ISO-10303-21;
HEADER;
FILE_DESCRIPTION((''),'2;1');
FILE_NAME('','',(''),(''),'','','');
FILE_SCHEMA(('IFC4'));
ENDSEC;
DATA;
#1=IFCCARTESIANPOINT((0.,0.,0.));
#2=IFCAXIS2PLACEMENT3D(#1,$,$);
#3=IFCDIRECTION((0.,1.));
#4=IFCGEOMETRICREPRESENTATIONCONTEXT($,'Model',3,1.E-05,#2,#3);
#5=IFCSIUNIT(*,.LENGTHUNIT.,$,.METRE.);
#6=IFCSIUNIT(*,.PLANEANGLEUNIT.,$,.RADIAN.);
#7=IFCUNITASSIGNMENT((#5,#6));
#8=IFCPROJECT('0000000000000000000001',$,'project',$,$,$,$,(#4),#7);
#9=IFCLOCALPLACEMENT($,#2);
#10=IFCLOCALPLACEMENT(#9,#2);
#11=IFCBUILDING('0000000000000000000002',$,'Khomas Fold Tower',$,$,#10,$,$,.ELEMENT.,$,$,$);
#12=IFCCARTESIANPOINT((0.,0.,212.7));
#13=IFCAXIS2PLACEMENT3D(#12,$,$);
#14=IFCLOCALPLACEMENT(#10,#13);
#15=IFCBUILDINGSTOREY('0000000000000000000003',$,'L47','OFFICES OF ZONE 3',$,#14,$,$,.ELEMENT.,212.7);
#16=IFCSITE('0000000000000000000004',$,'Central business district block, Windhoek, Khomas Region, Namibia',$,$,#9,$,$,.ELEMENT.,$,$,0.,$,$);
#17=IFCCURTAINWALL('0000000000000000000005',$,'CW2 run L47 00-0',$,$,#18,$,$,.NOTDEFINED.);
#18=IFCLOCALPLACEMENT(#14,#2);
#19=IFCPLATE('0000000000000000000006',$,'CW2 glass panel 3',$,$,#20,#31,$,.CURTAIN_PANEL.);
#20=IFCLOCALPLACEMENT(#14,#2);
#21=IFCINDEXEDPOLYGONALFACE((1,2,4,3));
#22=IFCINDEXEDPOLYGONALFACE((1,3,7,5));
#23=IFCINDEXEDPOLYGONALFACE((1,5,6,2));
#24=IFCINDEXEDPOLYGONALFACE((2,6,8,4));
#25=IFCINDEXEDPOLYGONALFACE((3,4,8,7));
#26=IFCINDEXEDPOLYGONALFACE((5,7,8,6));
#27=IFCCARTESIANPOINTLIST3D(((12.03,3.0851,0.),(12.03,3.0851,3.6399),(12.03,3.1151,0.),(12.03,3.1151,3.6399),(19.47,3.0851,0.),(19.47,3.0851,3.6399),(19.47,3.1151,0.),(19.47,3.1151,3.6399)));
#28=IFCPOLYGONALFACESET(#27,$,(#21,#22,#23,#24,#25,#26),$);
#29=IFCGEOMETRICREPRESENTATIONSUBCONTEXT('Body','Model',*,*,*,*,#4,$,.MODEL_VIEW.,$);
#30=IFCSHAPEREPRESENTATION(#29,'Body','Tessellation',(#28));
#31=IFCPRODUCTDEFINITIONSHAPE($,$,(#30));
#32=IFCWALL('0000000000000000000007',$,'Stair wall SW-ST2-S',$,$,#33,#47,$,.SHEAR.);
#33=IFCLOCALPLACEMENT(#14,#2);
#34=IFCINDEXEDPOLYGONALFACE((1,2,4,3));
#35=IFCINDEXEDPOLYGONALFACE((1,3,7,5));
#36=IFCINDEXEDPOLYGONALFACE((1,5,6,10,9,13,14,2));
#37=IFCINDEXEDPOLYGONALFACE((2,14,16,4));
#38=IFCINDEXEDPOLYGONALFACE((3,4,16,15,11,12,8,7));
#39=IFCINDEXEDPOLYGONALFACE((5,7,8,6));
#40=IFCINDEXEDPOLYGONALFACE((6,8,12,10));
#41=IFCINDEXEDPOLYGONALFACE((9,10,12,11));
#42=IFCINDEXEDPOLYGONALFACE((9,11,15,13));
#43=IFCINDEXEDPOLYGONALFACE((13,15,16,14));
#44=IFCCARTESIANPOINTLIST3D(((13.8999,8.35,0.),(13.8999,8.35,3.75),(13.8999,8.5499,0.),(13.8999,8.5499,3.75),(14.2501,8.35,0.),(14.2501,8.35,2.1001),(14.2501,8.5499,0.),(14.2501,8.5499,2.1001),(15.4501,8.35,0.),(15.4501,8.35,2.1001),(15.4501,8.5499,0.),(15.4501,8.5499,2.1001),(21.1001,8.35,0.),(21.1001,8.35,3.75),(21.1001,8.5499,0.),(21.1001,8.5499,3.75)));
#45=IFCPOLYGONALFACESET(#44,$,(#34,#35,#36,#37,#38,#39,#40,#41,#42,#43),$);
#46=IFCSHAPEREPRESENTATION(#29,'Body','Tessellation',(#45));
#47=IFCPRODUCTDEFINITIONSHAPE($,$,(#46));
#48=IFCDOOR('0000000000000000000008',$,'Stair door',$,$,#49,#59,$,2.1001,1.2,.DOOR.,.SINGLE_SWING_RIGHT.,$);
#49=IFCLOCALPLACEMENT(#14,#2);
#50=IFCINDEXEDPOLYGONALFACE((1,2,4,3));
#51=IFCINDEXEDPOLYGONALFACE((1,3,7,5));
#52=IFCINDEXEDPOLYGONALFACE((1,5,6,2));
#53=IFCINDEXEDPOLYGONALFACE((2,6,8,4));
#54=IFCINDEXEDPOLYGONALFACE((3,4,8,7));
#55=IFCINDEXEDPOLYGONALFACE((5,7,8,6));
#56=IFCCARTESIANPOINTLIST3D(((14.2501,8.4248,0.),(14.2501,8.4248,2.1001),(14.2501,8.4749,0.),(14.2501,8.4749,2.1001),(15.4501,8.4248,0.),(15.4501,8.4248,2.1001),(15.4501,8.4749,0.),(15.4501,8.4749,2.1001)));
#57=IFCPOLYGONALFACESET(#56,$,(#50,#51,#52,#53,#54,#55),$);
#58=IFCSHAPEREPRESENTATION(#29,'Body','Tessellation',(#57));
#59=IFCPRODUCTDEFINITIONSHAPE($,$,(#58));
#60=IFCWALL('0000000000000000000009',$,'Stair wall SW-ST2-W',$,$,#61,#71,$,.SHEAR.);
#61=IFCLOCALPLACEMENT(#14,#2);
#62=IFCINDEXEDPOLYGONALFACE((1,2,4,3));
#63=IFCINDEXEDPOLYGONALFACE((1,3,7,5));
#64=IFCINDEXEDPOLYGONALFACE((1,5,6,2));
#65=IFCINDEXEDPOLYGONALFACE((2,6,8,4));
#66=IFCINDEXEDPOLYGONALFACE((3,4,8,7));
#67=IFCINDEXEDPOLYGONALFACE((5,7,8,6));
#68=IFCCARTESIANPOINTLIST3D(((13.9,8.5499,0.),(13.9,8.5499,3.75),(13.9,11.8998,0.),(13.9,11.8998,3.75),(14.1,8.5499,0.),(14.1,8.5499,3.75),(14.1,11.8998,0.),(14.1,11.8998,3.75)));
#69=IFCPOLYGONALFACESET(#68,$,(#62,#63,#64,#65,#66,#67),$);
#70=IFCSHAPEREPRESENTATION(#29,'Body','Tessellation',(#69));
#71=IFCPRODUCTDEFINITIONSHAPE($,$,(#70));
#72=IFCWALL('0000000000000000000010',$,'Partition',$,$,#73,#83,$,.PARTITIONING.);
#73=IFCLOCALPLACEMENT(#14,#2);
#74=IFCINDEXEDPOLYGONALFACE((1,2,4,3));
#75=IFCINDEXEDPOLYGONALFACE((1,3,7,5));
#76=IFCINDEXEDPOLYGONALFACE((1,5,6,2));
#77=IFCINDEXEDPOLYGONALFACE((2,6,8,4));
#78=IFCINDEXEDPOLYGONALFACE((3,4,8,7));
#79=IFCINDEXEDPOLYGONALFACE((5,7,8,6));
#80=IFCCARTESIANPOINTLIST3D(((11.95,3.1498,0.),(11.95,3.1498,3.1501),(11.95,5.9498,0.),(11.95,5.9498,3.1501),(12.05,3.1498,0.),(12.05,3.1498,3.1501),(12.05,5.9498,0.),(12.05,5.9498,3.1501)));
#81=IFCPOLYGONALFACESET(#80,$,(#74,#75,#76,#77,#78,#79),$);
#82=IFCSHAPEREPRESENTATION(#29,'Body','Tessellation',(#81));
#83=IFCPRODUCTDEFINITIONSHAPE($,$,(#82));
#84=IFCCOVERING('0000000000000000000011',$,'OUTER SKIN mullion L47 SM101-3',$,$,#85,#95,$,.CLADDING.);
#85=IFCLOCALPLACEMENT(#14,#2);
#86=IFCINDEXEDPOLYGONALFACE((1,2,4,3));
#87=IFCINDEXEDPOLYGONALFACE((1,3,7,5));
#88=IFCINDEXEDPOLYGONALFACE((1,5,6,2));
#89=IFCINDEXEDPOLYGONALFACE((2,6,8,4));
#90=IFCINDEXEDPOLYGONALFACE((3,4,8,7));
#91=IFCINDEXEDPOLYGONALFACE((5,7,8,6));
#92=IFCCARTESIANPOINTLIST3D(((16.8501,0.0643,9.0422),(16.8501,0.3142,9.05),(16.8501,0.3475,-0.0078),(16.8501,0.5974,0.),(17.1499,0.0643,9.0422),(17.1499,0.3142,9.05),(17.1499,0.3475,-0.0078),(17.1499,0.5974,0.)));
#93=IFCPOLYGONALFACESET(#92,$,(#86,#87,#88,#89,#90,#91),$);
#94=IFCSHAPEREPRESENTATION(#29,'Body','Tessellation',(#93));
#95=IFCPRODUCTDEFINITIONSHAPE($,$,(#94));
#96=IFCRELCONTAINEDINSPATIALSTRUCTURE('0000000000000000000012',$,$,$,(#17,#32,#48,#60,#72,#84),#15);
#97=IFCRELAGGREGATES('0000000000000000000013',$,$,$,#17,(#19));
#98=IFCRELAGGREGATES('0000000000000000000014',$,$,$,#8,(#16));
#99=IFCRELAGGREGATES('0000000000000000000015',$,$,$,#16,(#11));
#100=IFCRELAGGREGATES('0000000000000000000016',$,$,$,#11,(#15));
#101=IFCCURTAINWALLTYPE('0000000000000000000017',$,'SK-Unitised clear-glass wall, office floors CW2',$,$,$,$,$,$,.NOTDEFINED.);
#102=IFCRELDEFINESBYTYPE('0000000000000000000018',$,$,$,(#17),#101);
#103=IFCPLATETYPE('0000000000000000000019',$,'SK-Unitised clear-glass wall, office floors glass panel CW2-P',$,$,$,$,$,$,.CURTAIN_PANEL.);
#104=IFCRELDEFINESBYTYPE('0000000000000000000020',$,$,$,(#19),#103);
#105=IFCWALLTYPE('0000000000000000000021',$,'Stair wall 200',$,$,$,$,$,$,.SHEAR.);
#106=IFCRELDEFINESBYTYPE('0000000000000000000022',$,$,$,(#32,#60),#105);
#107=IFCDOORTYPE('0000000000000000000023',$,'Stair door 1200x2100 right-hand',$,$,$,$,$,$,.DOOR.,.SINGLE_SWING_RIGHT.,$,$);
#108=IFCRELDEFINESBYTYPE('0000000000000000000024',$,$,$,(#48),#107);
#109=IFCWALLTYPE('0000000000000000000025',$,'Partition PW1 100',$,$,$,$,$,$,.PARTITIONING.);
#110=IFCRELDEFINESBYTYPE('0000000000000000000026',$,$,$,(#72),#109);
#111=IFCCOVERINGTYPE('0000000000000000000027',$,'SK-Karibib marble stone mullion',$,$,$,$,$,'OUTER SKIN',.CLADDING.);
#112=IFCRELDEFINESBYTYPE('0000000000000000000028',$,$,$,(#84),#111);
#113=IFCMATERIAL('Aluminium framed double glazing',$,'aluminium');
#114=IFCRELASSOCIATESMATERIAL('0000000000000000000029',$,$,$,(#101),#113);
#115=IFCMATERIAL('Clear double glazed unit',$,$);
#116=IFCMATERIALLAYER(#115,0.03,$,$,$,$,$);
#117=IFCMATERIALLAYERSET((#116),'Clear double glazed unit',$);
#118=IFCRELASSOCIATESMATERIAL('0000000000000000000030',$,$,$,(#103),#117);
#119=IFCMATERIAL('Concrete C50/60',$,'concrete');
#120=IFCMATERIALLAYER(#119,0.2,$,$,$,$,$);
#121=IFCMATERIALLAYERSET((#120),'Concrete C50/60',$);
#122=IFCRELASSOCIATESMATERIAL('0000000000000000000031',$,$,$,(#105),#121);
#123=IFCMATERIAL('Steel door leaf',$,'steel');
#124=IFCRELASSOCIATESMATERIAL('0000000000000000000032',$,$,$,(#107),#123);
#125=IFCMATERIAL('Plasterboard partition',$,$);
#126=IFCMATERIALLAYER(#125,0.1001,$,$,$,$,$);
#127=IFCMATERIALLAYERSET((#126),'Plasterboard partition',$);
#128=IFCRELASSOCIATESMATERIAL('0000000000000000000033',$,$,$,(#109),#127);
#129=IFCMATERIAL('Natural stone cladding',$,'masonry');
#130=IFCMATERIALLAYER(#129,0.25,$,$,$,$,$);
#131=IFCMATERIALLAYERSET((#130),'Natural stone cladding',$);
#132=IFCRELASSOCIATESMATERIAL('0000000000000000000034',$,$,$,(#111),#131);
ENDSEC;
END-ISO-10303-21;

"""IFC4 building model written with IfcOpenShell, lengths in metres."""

from ifc_helpers import new_model, si_unit, direction, frame, frame_2d, origin, origin_2d, place, context, subcontext, project, spatial, polyline, rectangle, outline, extrude, source, transform, mapped, material, layer, layer_set, type_object, element, fill, aggregate, save


model = new_model("IFC4")

# Units and contexts
model_context = context("Model", 3, precision=1e-05, world=origin(), true_north=direction((0.0, 1.0)))
body_context = subcontext(model_context, "Body", "Model", "MODEL_VIEW")
ifc_project = project(units=[si_unit("LENGTHUNIT", "METRE"), si_unit("PLANEANGLEUNIT", "RADIAN")], contexts=[model_context])

# Site, building, storey
site_placement = place(None, origin())
site = spatial("IfcSite", under=ifc_project, at=site_placement, Name="Central business district block, Windhoek, Khomas Region, Namibia", CompositionType="ELEMENT", RefElevation=0.0)
building_placement = place(site_placement, origin())
building = spatial("IfcBuilding", under=site, at=building_placement, Name="Khomas Fold Tower", CompositionType="ELEMENT")
storey_placement = place(building_placement, frame((0.0, 0.0, 212.7)))
storey = spatial("IfcBuildingStorey", under=building, at=storey_placement, Name="L47", Description="OFFICES OF ZONE 3", CompositionType="ELEMENT", Elevation=212.7)

# Curtain wall
ifc_material_1 = material(Name="Aluminium framed double glazing", Category="aluminium")
curtain_wall_type = type_object("IfcCurtainWallType", Name="SK-Unitised clear-glass wall, office floors CW2", PredefinedType="NOTDEFINED", material=ifc_material_1)
curtain_wall_placement = place(storey_placement, origin())
curtain_wall = element("IfcCurtainWall", 1, at=curtain_wall_placement, inside=storey, type_object=curtain_wall_type, Name="CW2 run L47 00-0", PredefinedType="NOTDEFINED")

# Plate
ifc_material_2 = material(Name="Clear double glazed unit")
ifc_layer_1 = layer(ifc_material_2, 0.03)
ifc_layer_set_1 = layer_set([ifc_layer_1], Name="Clear double glazed unit")
plate_type_1 = type_object("IfcPlateType", Name="SK-Unitised clear-glass wall, office floors glass panel CW2-P", PredefinedType="CURTAIN_PANEL", material=ifc_layer_set_1)
shared_shape_1 = source(origin(), body_context, "Body", "SweptSolid", [
    extrude(rectangle(XDim=7.4399, YDim=0.03, at=origin_2d()), origin(), (0.0, 0.0, 1.0), 3.6399),
])
plate_1_placement = place(storey_placement, frame((15.75, 3.1001, 0.0), z_axis=(0.0, 0.0, 1.0), x_axis=(1.0, 0.0, 0.0)))
plate_1 = element("IfcPlate", 2, at=plate_1_placement, type_object=plate_type_1, Name="CW2 glass panel 3", PredefinedType="CURTAIN_PANEL", context=body_context, shape_type="MappedRepresentation", body=[
    mapped(shared_shape_1, transform((0.0, 0.0, 0.0))),
])
aggregate(curtain_wall, [plate_1])

# Wall, opening, door
ifc_material_3 = material(Name="Concrete C50/60", Category="concrete")
ifc_layer_2 = layer(ifc_material_3, 0.2)
ifc_layer_set_2 = layer_set([ifc_layer_2], Name="Concrete C50/60")
wall_type_1 = type_object("IfcWallType", Name="Stair wall 200", PredefinedType="SHEAR", material=ifc_layer_set_2)
shared_shape_2 = source(origin(), body_context, "Body", "SweptSolid", [
    extrude(rectangle(XDim=7.2002, YDim=0.2, at=frame_2d((3.6001, 0.0))), origin(), (0.0, 0.0, 1.0), 3.75),
])
wall_1_placement = place(storey_placement, frame((13.8999, 8.45, 0.0), z_axis=(0.0, 0.0, 1.0), x_axis=(1.0, 0.0, 0.0)))
wall_1 = element("IfcWall", 3, at=wall_1_placement, inside=storey, type_object=wall_type_1, Name="Stair wall SW-ST2-S", PredefinedType="SHEAR", context=body_context, shape_type="MappedRepresentation", body=[
    mapped(shared_shape_2, transform((0.0, 0.0, 0.0))),
])
shared_shape_3 = source(origin(), body_context, "Body", "SweptSolid", [
    extrude(rectangle(XDim=1.2, YDim=2.1001, at=frame_2d((0.6001, 1.05))), frame((0.0, 0.1099, 0.0), z_axis=(0.0, -1.0, 0.0), x_axis=(1.0, 0.0, 0.0)), (0.0, 0.0, 1.0), 0.22),
])
opening_placement = place(wall_1_placement, frame((0.3501, 0.0, 0.0)))
opening = element("IfcOpeningElement", 4, at=opening_placement, cuts=wall_1, PredefinedType="OPENING", context=body_context, shape_type="MappedRepresentation", body=[
    mapped(shared_shape_3, transform((0.0, 0.0, 0.0))),
])
ifc_material_4 = material(Name="Steel door leaf", Category="steel")
door_type = type_object("IfcDoorType", Name="Stair door 1200x2100 right-hand", OperationType="SINGLE_SWING_RIGHT", PredefinedType="DOOR", material=ifc_material_4)
shared_shape_4 = source(origin(), body_context, "Body", "SweptSolid", [
    extrude(rectangle(XDim=1.2, YDim=2.1001, at=frame_2d((0.6001, 1.05))), frame((0.0, 0.0249, 0.0), z_axis=(0.0, -1.0, 0.0), x_axis=(1.0, 0.0, 0.0)), (0.0, 0.0, 1.0), 0.05),
])
door_placement = place(opening_placement, origin())
door = element("IfcDoor", 5, at=door_placement, inside=storey, type_object=door_type, Name="Stair door", OperationType="SINGLE_SWING_RIGHT", OverallHeight=2.1001, OverallWidth=1.2, PredefinedType="DOOR", context=body_context, shape_type="MappedRepresentation", body=[
    mapped(shared_shape_4, transform((0.0, 0.0, 0.0))),
])
fill(opening, door)

# Walls
shared_shape_5 = source(origin(), body_context, "Body", "SweptSolid", [
    extrude(rectangle(XDim=3.3499, YDim=0.2, at=frame_2d((1.6748, 0.0))), origin(), (0.0, 0.0, 1.0), 3.75),
])
wall_2_placement = place(storey_placement, frame((14.0, 8.55, 0.0), z_axis=(0.0, 0.0, 1.0), x_axis=(0.0, 1.0, 0.0)))
element("IfcWall", 6, at=wall_2_placement, inside=storey, type_object=wall_type_1, Name="Stair wall SW-ST2-W", PredefinedType="SHEAR", context=body_context, shape_type="MappedRepresentation", body=[
    mapped(shared_shape_5, transform((0.0, 0.0, 0.0))),
])
ifc_material_5 = material(Name="Plasterboard partition")
ifc_layer_3 = layer(ifc_material_5, 0.1001)
ifc_layer_set_3 = layer_set([ifc_layer_3], Name="Plasterboard partition")
wall_type_2 = type_object("IfcWallType", Name="Partition PW1 100", PredefinedType="PARTITIONING", material=ifc_layer_set_3)
shared_shape_6 = source(origin(), body_context, "Body", "SweptSolid", [
    extrude(rectangle(XDim=2.8, YDim=0.1001, at=frame_2d((1.3999, 0.0))), origin(), (0.0, 0.0, 1.0), 3.1501),
])
wall_3_placement = place(storey_placement, frame((12.0, 3.1499, 0.0), z_axis=(0.0, 0.0, 1.0), x_axis=(0.0, 1.0, 0.0)))
element("IfcWall", 7, at=wall_3_placement, inside=storey, type_object=wall_type_2, Name="Partition", PredefinedType="PARTITIONING", context=body_context, shape_type="MappedRepresentation", body=[
    mapped(shared_shape_6, transform((0.0, 0.0, 0.0))),
])

# Covering
ifc_material_6 = material(Name="Natural stone cladding", Category="masonry")
ifc_layer_4 = layer(ifc_material_6, 0.25)
ifc_layer_set_4 = layer_set([ifc_layer_4], Name="Natural stone cladding")
covering_type = type_object("IfcCoveringType", Name="SK-Karibib marble stone mullion", ElementType="OUTER SKIN", PredefinedType="CLADDING", material=ifc_layer_set_4)
covering_placement = place(storey_placement, frame((16.8501, 0.5974, 0.0), z_axis=(0.0, 0.999511, 0.031278), x_axis=(0.0, -0.031278, 0.999511)))
element("IfcCovering", 8, at=covering_placement, inside=storey, type_object=covering_type, Name="OUTER SKIN mullion L47 SM101-3", PredefinedType="CLADDING", context=body_context, shape_type="SweptSolid", body=[
    extrude(outline(polyline([(0.0, 0.0), (9.0545, 0.0), (9.0545, 0.2998), (0.0, 0.2998), (0.0, 0.0)])), origin(), (0.0, 0.0, -1.0), 0.25),
])

save(model, "model.ifc")
